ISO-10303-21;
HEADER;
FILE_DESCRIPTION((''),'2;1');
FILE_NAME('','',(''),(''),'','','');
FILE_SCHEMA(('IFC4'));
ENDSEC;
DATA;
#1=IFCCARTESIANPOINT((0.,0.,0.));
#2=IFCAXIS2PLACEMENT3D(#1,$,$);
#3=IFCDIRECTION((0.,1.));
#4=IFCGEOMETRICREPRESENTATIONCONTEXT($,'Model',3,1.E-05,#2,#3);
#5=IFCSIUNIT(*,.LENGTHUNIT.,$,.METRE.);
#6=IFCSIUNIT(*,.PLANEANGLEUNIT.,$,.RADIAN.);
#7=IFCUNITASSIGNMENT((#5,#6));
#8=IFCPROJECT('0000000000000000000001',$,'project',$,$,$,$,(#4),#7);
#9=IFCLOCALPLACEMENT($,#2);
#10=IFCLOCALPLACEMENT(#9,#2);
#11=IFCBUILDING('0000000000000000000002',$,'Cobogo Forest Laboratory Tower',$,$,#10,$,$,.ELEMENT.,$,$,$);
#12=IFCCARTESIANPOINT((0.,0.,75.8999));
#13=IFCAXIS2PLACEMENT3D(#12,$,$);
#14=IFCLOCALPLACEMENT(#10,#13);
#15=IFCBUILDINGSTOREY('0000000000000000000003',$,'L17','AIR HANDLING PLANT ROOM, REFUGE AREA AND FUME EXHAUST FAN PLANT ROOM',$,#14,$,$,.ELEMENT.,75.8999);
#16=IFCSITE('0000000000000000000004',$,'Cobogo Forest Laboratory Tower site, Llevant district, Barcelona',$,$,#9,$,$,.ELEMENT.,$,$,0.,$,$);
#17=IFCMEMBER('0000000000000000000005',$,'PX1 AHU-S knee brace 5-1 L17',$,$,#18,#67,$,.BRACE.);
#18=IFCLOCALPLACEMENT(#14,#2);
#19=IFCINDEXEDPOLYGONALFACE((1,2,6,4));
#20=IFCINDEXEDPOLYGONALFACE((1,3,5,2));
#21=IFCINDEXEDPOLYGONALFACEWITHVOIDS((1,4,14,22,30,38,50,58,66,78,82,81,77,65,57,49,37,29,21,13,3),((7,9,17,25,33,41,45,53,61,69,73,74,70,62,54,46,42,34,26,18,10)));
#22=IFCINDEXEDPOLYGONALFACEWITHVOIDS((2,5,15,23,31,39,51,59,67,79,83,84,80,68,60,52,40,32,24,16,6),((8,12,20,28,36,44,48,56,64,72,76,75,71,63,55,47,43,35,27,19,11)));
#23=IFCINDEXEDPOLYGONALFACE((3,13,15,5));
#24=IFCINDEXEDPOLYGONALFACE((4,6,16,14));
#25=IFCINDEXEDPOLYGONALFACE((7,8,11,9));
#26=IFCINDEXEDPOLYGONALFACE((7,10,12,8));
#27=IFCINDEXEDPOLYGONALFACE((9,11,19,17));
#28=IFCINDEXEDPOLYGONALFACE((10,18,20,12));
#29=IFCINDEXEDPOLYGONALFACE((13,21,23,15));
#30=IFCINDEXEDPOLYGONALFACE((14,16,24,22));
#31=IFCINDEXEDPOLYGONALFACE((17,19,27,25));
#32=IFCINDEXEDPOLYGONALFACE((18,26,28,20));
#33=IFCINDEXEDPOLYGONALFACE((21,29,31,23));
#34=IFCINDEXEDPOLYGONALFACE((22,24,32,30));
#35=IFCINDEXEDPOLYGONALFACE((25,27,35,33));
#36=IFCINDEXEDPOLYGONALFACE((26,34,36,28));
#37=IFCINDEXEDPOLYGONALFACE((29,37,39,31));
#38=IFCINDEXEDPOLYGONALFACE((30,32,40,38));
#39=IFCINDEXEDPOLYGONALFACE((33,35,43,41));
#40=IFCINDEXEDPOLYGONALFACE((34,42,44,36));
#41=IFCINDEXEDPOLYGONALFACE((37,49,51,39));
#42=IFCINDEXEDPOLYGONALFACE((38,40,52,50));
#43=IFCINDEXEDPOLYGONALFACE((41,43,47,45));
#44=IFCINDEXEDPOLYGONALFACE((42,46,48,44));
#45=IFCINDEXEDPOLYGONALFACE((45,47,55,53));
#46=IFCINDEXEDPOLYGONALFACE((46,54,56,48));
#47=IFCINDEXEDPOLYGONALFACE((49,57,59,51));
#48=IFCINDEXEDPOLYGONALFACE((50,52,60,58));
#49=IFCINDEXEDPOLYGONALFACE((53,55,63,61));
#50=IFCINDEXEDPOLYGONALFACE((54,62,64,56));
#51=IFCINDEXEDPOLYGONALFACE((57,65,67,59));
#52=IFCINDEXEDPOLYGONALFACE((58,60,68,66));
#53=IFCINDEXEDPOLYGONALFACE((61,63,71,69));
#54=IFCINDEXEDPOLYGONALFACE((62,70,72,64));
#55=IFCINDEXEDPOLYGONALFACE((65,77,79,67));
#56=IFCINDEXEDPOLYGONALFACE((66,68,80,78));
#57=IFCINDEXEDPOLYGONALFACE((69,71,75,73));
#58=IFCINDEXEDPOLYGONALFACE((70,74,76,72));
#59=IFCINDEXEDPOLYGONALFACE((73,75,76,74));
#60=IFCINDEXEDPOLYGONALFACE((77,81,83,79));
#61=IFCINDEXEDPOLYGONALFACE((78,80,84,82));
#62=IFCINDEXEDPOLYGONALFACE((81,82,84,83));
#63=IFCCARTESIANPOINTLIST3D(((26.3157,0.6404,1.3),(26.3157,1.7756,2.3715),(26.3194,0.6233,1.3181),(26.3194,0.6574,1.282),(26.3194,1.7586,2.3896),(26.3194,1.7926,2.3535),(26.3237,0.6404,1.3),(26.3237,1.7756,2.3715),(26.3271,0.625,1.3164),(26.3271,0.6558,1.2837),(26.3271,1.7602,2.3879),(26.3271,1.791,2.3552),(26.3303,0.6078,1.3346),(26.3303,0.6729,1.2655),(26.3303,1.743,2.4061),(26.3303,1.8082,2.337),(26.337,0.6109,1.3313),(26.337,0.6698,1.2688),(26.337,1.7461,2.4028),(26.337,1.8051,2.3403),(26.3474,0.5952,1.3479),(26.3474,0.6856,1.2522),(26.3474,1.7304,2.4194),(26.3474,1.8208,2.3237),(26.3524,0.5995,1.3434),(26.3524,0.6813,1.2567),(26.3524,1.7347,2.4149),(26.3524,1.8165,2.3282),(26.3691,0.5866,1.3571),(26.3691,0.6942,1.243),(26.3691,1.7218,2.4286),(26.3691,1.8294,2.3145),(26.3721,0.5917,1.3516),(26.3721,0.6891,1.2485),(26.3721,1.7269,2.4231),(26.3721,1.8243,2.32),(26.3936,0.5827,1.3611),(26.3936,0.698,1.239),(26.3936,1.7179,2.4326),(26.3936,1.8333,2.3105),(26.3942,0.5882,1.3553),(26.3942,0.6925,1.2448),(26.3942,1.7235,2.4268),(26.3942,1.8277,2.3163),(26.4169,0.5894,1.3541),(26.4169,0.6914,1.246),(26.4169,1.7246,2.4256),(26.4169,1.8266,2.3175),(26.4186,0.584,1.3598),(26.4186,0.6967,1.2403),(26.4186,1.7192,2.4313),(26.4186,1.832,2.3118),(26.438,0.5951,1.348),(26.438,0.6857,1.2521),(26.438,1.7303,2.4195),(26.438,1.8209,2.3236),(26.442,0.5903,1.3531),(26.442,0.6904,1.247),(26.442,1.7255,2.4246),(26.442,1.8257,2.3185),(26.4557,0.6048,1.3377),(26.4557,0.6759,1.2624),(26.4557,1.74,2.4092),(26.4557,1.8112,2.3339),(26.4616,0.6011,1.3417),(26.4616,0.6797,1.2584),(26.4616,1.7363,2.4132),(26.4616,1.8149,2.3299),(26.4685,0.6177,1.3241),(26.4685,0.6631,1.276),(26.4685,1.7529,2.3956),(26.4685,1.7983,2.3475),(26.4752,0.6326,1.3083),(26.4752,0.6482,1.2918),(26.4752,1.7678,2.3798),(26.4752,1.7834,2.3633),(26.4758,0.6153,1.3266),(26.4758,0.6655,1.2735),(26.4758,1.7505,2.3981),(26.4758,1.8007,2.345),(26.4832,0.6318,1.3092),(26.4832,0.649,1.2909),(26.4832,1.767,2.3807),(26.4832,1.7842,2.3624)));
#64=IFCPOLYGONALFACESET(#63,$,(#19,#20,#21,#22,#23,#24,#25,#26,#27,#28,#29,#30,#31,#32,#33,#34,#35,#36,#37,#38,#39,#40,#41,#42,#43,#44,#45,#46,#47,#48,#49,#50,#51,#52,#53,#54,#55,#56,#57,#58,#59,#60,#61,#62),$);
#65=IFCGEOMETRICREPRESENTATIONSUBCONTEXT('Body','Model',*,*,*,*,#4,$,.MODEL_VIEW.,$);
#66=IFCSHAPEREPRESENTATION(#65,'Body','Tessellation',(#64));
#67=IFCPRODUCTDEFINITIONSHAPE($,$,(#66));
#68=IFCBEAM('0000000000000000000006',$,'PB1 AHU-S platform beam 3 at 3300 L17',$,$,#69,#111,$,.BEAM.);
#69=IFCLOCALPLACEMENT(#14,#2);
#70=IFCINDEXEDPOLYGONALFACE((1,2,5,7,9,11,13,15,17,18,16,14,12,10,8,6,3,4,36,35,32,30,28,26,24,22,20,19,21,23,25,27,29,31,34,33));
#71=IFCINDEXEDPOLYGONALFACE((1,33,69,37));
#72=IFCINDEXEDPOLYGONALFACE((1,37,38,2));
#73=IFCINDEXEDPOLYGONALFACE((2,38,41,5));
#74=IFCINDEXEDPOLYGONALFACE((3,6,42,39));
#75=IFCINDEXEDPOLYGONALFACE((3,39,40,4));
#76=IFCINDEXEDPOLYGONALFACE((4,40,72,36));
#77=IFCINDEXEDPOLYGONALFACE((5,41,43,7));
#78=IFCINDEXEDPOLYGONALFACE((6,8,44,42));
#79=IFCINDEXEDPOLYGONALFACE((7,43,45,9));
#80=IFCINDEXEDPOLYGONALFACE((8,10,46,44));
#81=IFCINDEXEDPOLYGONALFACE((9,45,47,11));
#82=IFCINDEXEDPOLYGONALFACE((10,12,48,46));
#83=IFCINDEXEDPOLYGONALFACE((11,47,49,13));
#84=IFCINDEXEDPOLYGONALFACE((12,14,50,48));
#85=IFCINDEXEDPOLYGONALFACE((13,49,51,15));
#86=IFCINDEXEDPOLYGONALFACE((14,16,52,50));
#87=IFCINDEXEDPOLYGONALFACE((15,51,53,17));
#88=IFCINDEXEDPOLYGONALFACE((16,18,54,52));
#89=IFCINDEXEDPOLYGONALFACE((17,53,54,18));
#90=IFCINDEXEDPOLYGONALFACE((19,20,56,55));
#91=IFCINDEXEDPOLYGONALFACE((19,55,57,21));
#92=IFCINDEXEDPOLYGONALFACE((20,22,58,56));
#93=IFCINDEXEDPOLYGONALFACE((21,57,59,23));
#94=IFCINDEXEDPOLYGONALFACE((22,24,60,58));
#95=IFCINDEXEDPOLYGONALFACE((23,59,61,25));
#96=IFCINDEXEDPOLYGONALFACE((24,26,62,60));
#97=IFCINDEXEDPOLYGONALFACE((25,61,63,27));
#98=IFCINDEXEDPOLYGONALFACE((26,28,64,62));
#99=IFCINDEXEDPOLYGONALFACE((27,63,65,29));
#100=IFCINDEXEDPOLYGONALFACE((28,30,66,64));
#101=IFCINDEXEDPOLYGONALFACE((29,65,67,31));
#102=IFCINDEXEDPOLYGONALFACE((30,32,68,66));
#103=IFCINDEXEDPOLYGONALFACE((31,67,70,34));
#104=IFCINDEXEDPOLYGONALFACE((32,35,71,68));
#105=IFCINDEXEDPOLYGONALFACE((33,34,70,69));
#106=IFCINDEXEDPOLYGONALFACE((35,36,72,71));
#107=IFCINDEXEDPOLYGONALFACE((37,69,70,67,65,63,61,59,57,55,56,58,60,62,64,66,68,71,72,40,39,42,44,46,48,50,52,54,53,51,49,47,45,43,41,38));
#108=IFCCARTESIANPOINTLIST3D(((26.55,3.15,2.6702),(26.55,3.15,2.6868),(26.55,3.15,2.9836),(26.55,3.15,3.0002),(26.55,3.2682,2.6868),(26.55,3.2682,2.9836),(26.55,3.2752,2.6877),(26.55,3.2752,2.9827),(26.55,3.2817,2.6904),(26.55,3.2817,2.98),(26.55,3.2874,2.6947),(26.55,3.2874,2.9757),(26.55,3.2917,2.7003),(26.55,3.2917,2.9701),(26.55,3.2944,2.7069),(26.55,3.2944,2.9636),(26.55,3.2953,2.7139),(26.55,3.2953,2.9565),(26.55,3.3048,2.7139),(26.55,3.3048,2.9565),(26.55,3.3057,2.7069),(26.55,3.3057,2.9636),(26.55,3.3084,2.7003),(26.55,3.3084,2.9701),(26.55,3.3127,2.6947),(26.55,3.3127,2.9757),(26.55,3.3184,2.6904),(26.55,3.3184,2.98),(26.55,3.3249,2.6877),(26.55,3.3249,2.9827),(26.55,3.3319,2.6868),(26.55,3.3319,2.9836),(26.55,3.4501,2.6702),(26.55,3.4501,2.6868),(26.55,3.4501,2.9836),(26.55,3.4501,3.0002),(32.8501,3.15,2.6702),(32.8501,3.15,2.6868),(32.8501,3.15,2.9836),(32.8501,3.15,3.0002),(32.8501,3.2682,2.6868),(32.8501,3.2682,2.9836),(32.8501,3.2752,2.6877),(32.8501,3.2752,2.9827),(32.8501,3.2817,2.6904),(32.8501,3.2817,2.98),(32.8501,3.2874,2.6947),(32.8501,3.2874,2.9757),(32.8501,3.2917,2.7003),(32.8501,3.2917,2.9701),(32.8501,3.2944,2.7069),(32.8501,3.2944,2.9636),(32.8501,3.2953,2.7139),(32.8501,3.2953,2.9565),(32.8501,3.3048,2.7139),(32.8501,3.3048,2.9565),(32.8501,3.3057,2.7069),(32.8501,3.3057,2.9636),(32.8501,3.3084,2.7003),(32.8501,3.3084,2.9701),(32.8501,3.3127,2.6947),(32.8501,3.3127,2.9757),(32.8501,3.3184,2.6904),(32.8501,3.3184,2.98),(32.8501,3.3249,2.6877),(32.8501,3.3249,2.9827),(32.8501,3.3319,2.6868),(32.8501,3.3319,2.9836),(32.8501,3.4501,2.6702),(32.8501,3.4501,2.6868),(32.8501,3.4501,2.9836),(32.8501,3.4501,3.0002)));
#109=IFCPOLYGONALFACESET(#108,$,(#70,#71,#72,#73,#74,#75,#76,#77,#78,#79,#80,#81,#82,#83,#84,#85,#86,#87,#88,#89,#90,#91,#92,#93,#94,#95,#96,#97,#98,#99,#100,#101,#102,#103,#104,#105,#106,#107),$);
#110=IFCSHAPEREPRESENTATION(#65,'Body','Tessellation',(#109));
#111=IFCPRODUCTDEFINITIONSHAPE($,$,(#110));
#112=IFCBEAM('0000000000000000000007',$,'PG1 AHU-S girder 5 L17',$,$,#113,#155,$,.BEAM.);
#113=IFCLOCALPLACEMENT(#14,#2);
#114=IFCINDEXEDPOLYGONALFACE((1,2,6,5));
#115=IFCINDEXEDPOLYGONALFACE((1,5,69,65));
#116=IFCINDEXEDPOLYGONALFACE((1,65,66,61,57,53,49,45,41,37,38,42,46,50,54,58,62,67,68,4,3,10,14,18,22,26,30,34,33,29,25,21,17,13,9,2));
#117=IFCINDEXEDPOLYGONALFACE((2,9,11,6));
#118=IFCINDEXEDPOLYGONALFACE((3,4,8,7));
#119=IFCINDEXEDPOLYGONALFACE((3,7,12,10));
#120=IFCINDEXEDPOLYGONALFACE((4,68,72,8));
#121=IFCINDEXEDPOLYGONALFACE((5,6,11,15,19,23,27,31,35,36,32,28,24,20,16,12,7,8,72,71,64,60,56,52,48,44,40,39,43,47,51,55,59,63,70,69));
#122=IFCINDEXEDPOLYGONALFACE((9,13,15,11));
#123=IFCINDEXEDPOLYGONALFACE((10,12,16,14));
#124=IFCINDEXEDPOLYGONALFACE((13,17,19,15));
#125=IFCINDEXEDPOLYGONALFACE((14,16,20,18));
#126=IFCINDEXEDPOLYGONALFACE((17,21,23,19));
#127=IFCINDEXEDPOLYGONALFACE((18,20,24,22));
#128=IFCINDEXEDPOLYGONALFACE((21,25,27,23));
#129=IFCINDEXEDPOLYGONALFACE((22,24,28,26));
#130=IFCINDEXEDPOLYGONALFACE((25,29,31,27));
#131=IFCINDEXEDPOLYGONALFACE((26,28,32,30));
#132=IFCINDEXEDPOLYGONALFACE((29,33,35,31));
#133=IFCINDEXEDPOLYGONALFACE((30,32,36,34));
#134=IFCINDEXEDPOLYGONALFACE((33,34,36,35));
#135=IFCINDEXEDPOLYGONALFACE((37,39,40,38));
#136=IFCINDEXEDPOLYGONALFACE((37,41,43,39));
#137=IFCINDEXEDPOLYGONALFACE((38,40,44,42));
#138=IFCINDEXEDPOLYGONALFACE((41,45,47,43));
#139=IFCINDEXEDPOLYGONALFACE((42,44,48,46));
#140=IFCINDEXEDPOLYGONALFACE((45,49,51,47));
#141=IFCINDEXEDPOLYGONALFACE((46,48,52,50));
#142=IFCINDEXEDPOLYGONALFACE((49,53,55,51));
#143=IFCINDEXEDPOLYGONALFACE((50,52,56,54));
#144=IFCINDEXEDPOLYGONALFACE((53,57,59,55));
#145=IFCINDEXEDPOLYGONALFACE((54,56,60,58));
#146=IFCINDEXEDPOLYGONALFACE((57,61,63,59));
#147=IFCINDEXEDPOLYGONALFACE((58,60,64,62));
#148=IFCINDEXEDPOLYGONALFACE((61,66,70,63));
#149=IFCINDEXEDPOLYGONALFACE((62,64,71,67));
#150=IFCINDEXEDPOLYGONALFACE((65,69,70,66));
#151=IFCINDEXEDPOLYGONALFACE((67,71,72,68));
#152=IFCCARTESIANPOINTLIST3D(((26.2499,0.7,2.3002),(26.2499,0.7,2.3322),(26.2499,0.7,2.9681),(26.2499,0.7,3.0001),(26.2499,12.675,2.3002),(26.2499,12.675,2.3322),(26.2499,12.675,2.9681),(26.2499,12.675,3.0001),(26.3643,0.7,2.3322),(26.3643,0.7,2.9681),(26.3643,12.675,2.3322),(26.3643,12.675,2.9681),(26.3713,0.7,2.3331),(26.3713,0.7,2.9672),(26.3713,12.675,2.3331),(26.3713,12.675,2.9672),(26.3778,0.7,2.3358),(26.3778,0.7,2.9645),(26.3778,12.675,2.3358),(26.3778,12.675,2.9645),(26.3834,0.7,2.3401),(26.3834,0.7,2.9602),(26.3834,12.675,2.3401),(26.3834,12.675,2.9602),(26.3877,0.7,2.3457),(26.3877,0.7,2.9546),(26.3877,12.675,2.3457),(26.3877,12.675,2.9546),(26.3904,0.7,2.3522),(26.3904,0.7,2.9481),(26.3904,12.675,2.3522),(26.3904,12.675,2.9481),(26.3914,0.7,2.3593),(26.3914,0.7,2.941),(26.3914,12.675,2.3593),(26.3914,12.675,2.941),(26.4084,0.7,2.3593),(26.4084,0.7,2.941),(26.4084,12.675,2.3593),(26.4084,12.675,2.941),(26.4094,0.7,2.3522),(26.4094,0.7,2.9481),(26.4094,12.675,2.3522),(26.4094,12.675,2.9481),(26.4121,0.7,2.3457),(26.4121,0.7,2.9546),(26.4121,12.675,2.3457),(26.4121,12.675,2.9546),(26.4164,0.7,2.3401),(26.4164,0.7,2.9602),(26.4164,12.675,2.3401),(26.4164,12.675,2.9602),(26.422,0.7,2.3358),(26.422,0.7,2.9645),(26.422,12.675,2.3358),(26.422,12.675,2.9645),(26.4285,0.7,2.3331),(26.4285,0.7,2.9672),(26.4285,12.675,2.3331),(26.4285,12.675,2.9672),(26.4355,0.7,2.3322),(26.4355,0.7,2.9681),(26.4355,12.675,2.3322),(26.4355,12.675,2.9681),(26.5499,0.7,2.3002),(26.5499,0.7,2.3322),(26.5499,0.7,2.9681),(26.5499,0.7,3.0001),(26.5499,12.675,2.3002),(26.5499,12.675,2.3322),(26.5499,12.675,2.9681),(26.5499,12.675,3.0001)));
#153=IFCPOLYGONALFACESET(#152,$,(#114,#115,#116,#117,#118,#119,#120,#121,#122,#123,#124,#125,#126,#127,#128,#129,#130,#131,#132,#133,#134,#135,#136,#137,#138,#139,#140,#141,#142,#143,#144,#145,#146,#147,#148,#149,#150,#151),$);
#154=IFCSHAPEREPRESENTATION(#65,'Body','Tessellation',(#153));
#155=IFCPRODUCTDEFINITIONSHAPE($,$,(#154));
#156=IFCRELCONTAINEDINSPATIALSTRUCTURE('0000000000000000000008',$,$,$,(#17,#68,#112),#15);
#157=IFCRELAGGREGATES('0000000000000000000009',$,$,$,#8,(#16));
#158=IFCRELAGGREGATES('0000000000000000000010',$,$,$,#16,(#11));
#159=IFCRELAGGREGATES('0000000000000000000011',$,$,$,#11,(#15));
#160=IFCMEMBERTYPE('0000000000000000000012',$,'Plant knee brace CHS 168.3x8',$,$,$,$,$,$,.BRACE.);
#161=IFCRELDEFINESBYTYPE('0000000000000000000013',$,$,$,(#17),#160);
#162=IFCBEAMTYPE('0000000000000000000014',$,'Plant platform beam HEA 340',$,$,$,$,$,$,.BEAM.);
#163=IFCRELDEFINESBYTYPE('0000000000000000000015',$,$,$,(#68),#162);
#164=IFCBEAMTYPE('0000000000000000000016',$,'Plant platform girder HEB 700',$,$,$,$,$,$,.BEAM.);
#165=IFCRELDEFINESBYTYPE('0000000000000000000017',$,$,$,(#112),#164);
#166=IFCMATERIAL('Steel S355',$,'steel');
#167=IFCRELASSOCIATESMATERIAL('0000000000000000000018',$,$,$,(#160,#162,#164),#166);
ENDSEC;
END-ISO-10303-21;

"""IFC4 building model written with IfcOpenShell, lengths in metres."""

from ifc_helpers import new_model, si_unit, direction, frame, origin, origin_2d, place, context, subcontext, project, spatial, hollow_circle, i_section, extrude, material, material_profile, profile_set, type_object, element, save


model = new_model("IFC4")

# Units and contexts
model_context = context("Model", 3, precision=1e-05, world=origin(), true_north=direction((0.0, 1.0)))
body_context = subcontext(model_context, "Body", "Model", "MODEL_VIEW")
ifc_project = project(units=[si_unit("LENGTHUNIT", "METRE"), si_unit("PLANEANGLEUNIT", "RADIAN")], contexts=[model_context])

# Site, building, storey
site_placement = place(None, origin())
site = spatial("IfcSite", under=ifc_project, at=site_placement, Name="Cobogo Forest Laboratory Tower site, Llevant district, Barcelona", CompositionType="ELEMENT", RefElevation=0.0)
building_placement = place(site_placement, origin())
building = spatial("IfcBuilding", under=site, at=building_placement, Name="Cobogo Forest Laboratory Tower", CompositionType="ELEMENT")
storey_placement = place(building_placement, frame((0.0, 0.0, 75.8999)))
storey = spatial("IfcBuildingStorey", under=building, at=storey_placement, Name="L17", Description="AIR HANDLING PLANT ROOM, REFUGE AREA AND FUME EXHAUST FAN PLANT ROOM", CompositionType="ELEMENT", Elevation=75.8999)

# Member
ifc_material_1 = material(Name="Steel S355", Category="steel")
ifc_material_profile_1 = material_profile(ifc_material_1, hollow_circle(Radius=0.0842, WallThickness=0.0081, at=origin_2d()), Name="CHS 168.3x8")
ifc_profile_set_1 = profile_set([ifc_material_profile_1], Name="Steel S355")
member_type_1 = type_object("IfcMemberType", Name="Plant knee brace CHS 168.3x8", PredefinedType="BRACE", material=ifc_profile_set_1)
member_1_placement = place(storey_placement, frame((26.3999, 0.6404, 1.3), z_axis=(0.0, 0.727221, 0.686403), x_axis=(-1.0, 0.0, 0.0)))
element("IfcMember", 1, at=member_1_placement, inside=storey, type_object=member_type_1, Name="PX1 AHU-S knee brace 5-1 L17", PredefinedType="BRACE", context=body_context, shape_type="SweptSolid", body=[
    extrude(hollow_circle(Radius=0.0842, WallThickness=0.0081, at=origin_2d()), origin(), (0.0, 0.0, 1.0), 1.561),
])

# Beams
ifc_material_profile_2 = material_profile(ifc_material_1, i_section(OverallWidth=0.3, OverallDepth=0.3301, WebThickness=0.0095, FlangeThickness=0.0166, FilletRadius=0.0271, at=origin_2d()), Name="HEA 340")
ifc_profile_set_2 = profile_set([ifc_material_profile_2], Name="Steel S355")
beam_type_1 = type_object("IfcBeamType", Name="Plant platform beam HEA 340", PredefinedType="BEAM", material=ifc_profile_set_2)
beam_1_placement = place(storey_placement, frame((26.55, 3.3, 2.8352), z_axis=(1.0, 0.0, 0.0), x_axis=(0.0, 1.0, 0.0)))
element("IfcBeam", 2, at=beam_1_placement, inside=storey, type_object=beam_type_1, Name="PB1 AHU-S platform beam 3 at 3300 L17", PredefinedType="BEAM", context=body_context, shape_type="SweptSolid", body=[
    extrude(i_section(OverallWidth=0.3, OverallDepth=0.3301, WebThickness=0.0095, FlangeThickness=0.0166, FilletRadius=0.0271, at=origin_2d()), origin(), (0.0, 0.0, 1.0), 6.3),
])
ifc_material_profile_3 = material_profile(ifc_material_1, i_section(OverallWidth=0.3, OverallDepth=0.7, WebThickness=0.0171, FlangeThickness=0.032, FilletRadius=0.0271, at=origin_2d()), Name="HEB 700")
ifc_profile_set_3 = profile_set([ifc_material_profile_3], Name="Steel S355")
beam_type_2 = type_object("IfcBeamType", Name="Plant platform girder HEB 700", PredefinedType="BEAM", material=ifc_profile_set_3)
beam_2_placement = place(storey_placement, frame((26.3999, 0.7, 2.6501), z_axis=(0.0, 1.0, 0.0), x_axis=(-1.0, 0.0, 0.0)))
element("IfcBeam", 3, at=beam_2_placement, inside=storey, type_object=beam_type_2, Name="PG1 AHU-S girder 5 L17", PredefinedType="BEAM", context=body_context, shape_type="SweptSolid", body=[
    extrude(i_section(OverallWidth=0.3, OverallDepth=0.7, WebThickness=0.0171, FlangeThickness=0.032, FilletRadius=0.0271, at=origin_2d()), origin(), (0.0, 0.0, 1.0), 11.9751),
])

save(model, "model.ifc")
